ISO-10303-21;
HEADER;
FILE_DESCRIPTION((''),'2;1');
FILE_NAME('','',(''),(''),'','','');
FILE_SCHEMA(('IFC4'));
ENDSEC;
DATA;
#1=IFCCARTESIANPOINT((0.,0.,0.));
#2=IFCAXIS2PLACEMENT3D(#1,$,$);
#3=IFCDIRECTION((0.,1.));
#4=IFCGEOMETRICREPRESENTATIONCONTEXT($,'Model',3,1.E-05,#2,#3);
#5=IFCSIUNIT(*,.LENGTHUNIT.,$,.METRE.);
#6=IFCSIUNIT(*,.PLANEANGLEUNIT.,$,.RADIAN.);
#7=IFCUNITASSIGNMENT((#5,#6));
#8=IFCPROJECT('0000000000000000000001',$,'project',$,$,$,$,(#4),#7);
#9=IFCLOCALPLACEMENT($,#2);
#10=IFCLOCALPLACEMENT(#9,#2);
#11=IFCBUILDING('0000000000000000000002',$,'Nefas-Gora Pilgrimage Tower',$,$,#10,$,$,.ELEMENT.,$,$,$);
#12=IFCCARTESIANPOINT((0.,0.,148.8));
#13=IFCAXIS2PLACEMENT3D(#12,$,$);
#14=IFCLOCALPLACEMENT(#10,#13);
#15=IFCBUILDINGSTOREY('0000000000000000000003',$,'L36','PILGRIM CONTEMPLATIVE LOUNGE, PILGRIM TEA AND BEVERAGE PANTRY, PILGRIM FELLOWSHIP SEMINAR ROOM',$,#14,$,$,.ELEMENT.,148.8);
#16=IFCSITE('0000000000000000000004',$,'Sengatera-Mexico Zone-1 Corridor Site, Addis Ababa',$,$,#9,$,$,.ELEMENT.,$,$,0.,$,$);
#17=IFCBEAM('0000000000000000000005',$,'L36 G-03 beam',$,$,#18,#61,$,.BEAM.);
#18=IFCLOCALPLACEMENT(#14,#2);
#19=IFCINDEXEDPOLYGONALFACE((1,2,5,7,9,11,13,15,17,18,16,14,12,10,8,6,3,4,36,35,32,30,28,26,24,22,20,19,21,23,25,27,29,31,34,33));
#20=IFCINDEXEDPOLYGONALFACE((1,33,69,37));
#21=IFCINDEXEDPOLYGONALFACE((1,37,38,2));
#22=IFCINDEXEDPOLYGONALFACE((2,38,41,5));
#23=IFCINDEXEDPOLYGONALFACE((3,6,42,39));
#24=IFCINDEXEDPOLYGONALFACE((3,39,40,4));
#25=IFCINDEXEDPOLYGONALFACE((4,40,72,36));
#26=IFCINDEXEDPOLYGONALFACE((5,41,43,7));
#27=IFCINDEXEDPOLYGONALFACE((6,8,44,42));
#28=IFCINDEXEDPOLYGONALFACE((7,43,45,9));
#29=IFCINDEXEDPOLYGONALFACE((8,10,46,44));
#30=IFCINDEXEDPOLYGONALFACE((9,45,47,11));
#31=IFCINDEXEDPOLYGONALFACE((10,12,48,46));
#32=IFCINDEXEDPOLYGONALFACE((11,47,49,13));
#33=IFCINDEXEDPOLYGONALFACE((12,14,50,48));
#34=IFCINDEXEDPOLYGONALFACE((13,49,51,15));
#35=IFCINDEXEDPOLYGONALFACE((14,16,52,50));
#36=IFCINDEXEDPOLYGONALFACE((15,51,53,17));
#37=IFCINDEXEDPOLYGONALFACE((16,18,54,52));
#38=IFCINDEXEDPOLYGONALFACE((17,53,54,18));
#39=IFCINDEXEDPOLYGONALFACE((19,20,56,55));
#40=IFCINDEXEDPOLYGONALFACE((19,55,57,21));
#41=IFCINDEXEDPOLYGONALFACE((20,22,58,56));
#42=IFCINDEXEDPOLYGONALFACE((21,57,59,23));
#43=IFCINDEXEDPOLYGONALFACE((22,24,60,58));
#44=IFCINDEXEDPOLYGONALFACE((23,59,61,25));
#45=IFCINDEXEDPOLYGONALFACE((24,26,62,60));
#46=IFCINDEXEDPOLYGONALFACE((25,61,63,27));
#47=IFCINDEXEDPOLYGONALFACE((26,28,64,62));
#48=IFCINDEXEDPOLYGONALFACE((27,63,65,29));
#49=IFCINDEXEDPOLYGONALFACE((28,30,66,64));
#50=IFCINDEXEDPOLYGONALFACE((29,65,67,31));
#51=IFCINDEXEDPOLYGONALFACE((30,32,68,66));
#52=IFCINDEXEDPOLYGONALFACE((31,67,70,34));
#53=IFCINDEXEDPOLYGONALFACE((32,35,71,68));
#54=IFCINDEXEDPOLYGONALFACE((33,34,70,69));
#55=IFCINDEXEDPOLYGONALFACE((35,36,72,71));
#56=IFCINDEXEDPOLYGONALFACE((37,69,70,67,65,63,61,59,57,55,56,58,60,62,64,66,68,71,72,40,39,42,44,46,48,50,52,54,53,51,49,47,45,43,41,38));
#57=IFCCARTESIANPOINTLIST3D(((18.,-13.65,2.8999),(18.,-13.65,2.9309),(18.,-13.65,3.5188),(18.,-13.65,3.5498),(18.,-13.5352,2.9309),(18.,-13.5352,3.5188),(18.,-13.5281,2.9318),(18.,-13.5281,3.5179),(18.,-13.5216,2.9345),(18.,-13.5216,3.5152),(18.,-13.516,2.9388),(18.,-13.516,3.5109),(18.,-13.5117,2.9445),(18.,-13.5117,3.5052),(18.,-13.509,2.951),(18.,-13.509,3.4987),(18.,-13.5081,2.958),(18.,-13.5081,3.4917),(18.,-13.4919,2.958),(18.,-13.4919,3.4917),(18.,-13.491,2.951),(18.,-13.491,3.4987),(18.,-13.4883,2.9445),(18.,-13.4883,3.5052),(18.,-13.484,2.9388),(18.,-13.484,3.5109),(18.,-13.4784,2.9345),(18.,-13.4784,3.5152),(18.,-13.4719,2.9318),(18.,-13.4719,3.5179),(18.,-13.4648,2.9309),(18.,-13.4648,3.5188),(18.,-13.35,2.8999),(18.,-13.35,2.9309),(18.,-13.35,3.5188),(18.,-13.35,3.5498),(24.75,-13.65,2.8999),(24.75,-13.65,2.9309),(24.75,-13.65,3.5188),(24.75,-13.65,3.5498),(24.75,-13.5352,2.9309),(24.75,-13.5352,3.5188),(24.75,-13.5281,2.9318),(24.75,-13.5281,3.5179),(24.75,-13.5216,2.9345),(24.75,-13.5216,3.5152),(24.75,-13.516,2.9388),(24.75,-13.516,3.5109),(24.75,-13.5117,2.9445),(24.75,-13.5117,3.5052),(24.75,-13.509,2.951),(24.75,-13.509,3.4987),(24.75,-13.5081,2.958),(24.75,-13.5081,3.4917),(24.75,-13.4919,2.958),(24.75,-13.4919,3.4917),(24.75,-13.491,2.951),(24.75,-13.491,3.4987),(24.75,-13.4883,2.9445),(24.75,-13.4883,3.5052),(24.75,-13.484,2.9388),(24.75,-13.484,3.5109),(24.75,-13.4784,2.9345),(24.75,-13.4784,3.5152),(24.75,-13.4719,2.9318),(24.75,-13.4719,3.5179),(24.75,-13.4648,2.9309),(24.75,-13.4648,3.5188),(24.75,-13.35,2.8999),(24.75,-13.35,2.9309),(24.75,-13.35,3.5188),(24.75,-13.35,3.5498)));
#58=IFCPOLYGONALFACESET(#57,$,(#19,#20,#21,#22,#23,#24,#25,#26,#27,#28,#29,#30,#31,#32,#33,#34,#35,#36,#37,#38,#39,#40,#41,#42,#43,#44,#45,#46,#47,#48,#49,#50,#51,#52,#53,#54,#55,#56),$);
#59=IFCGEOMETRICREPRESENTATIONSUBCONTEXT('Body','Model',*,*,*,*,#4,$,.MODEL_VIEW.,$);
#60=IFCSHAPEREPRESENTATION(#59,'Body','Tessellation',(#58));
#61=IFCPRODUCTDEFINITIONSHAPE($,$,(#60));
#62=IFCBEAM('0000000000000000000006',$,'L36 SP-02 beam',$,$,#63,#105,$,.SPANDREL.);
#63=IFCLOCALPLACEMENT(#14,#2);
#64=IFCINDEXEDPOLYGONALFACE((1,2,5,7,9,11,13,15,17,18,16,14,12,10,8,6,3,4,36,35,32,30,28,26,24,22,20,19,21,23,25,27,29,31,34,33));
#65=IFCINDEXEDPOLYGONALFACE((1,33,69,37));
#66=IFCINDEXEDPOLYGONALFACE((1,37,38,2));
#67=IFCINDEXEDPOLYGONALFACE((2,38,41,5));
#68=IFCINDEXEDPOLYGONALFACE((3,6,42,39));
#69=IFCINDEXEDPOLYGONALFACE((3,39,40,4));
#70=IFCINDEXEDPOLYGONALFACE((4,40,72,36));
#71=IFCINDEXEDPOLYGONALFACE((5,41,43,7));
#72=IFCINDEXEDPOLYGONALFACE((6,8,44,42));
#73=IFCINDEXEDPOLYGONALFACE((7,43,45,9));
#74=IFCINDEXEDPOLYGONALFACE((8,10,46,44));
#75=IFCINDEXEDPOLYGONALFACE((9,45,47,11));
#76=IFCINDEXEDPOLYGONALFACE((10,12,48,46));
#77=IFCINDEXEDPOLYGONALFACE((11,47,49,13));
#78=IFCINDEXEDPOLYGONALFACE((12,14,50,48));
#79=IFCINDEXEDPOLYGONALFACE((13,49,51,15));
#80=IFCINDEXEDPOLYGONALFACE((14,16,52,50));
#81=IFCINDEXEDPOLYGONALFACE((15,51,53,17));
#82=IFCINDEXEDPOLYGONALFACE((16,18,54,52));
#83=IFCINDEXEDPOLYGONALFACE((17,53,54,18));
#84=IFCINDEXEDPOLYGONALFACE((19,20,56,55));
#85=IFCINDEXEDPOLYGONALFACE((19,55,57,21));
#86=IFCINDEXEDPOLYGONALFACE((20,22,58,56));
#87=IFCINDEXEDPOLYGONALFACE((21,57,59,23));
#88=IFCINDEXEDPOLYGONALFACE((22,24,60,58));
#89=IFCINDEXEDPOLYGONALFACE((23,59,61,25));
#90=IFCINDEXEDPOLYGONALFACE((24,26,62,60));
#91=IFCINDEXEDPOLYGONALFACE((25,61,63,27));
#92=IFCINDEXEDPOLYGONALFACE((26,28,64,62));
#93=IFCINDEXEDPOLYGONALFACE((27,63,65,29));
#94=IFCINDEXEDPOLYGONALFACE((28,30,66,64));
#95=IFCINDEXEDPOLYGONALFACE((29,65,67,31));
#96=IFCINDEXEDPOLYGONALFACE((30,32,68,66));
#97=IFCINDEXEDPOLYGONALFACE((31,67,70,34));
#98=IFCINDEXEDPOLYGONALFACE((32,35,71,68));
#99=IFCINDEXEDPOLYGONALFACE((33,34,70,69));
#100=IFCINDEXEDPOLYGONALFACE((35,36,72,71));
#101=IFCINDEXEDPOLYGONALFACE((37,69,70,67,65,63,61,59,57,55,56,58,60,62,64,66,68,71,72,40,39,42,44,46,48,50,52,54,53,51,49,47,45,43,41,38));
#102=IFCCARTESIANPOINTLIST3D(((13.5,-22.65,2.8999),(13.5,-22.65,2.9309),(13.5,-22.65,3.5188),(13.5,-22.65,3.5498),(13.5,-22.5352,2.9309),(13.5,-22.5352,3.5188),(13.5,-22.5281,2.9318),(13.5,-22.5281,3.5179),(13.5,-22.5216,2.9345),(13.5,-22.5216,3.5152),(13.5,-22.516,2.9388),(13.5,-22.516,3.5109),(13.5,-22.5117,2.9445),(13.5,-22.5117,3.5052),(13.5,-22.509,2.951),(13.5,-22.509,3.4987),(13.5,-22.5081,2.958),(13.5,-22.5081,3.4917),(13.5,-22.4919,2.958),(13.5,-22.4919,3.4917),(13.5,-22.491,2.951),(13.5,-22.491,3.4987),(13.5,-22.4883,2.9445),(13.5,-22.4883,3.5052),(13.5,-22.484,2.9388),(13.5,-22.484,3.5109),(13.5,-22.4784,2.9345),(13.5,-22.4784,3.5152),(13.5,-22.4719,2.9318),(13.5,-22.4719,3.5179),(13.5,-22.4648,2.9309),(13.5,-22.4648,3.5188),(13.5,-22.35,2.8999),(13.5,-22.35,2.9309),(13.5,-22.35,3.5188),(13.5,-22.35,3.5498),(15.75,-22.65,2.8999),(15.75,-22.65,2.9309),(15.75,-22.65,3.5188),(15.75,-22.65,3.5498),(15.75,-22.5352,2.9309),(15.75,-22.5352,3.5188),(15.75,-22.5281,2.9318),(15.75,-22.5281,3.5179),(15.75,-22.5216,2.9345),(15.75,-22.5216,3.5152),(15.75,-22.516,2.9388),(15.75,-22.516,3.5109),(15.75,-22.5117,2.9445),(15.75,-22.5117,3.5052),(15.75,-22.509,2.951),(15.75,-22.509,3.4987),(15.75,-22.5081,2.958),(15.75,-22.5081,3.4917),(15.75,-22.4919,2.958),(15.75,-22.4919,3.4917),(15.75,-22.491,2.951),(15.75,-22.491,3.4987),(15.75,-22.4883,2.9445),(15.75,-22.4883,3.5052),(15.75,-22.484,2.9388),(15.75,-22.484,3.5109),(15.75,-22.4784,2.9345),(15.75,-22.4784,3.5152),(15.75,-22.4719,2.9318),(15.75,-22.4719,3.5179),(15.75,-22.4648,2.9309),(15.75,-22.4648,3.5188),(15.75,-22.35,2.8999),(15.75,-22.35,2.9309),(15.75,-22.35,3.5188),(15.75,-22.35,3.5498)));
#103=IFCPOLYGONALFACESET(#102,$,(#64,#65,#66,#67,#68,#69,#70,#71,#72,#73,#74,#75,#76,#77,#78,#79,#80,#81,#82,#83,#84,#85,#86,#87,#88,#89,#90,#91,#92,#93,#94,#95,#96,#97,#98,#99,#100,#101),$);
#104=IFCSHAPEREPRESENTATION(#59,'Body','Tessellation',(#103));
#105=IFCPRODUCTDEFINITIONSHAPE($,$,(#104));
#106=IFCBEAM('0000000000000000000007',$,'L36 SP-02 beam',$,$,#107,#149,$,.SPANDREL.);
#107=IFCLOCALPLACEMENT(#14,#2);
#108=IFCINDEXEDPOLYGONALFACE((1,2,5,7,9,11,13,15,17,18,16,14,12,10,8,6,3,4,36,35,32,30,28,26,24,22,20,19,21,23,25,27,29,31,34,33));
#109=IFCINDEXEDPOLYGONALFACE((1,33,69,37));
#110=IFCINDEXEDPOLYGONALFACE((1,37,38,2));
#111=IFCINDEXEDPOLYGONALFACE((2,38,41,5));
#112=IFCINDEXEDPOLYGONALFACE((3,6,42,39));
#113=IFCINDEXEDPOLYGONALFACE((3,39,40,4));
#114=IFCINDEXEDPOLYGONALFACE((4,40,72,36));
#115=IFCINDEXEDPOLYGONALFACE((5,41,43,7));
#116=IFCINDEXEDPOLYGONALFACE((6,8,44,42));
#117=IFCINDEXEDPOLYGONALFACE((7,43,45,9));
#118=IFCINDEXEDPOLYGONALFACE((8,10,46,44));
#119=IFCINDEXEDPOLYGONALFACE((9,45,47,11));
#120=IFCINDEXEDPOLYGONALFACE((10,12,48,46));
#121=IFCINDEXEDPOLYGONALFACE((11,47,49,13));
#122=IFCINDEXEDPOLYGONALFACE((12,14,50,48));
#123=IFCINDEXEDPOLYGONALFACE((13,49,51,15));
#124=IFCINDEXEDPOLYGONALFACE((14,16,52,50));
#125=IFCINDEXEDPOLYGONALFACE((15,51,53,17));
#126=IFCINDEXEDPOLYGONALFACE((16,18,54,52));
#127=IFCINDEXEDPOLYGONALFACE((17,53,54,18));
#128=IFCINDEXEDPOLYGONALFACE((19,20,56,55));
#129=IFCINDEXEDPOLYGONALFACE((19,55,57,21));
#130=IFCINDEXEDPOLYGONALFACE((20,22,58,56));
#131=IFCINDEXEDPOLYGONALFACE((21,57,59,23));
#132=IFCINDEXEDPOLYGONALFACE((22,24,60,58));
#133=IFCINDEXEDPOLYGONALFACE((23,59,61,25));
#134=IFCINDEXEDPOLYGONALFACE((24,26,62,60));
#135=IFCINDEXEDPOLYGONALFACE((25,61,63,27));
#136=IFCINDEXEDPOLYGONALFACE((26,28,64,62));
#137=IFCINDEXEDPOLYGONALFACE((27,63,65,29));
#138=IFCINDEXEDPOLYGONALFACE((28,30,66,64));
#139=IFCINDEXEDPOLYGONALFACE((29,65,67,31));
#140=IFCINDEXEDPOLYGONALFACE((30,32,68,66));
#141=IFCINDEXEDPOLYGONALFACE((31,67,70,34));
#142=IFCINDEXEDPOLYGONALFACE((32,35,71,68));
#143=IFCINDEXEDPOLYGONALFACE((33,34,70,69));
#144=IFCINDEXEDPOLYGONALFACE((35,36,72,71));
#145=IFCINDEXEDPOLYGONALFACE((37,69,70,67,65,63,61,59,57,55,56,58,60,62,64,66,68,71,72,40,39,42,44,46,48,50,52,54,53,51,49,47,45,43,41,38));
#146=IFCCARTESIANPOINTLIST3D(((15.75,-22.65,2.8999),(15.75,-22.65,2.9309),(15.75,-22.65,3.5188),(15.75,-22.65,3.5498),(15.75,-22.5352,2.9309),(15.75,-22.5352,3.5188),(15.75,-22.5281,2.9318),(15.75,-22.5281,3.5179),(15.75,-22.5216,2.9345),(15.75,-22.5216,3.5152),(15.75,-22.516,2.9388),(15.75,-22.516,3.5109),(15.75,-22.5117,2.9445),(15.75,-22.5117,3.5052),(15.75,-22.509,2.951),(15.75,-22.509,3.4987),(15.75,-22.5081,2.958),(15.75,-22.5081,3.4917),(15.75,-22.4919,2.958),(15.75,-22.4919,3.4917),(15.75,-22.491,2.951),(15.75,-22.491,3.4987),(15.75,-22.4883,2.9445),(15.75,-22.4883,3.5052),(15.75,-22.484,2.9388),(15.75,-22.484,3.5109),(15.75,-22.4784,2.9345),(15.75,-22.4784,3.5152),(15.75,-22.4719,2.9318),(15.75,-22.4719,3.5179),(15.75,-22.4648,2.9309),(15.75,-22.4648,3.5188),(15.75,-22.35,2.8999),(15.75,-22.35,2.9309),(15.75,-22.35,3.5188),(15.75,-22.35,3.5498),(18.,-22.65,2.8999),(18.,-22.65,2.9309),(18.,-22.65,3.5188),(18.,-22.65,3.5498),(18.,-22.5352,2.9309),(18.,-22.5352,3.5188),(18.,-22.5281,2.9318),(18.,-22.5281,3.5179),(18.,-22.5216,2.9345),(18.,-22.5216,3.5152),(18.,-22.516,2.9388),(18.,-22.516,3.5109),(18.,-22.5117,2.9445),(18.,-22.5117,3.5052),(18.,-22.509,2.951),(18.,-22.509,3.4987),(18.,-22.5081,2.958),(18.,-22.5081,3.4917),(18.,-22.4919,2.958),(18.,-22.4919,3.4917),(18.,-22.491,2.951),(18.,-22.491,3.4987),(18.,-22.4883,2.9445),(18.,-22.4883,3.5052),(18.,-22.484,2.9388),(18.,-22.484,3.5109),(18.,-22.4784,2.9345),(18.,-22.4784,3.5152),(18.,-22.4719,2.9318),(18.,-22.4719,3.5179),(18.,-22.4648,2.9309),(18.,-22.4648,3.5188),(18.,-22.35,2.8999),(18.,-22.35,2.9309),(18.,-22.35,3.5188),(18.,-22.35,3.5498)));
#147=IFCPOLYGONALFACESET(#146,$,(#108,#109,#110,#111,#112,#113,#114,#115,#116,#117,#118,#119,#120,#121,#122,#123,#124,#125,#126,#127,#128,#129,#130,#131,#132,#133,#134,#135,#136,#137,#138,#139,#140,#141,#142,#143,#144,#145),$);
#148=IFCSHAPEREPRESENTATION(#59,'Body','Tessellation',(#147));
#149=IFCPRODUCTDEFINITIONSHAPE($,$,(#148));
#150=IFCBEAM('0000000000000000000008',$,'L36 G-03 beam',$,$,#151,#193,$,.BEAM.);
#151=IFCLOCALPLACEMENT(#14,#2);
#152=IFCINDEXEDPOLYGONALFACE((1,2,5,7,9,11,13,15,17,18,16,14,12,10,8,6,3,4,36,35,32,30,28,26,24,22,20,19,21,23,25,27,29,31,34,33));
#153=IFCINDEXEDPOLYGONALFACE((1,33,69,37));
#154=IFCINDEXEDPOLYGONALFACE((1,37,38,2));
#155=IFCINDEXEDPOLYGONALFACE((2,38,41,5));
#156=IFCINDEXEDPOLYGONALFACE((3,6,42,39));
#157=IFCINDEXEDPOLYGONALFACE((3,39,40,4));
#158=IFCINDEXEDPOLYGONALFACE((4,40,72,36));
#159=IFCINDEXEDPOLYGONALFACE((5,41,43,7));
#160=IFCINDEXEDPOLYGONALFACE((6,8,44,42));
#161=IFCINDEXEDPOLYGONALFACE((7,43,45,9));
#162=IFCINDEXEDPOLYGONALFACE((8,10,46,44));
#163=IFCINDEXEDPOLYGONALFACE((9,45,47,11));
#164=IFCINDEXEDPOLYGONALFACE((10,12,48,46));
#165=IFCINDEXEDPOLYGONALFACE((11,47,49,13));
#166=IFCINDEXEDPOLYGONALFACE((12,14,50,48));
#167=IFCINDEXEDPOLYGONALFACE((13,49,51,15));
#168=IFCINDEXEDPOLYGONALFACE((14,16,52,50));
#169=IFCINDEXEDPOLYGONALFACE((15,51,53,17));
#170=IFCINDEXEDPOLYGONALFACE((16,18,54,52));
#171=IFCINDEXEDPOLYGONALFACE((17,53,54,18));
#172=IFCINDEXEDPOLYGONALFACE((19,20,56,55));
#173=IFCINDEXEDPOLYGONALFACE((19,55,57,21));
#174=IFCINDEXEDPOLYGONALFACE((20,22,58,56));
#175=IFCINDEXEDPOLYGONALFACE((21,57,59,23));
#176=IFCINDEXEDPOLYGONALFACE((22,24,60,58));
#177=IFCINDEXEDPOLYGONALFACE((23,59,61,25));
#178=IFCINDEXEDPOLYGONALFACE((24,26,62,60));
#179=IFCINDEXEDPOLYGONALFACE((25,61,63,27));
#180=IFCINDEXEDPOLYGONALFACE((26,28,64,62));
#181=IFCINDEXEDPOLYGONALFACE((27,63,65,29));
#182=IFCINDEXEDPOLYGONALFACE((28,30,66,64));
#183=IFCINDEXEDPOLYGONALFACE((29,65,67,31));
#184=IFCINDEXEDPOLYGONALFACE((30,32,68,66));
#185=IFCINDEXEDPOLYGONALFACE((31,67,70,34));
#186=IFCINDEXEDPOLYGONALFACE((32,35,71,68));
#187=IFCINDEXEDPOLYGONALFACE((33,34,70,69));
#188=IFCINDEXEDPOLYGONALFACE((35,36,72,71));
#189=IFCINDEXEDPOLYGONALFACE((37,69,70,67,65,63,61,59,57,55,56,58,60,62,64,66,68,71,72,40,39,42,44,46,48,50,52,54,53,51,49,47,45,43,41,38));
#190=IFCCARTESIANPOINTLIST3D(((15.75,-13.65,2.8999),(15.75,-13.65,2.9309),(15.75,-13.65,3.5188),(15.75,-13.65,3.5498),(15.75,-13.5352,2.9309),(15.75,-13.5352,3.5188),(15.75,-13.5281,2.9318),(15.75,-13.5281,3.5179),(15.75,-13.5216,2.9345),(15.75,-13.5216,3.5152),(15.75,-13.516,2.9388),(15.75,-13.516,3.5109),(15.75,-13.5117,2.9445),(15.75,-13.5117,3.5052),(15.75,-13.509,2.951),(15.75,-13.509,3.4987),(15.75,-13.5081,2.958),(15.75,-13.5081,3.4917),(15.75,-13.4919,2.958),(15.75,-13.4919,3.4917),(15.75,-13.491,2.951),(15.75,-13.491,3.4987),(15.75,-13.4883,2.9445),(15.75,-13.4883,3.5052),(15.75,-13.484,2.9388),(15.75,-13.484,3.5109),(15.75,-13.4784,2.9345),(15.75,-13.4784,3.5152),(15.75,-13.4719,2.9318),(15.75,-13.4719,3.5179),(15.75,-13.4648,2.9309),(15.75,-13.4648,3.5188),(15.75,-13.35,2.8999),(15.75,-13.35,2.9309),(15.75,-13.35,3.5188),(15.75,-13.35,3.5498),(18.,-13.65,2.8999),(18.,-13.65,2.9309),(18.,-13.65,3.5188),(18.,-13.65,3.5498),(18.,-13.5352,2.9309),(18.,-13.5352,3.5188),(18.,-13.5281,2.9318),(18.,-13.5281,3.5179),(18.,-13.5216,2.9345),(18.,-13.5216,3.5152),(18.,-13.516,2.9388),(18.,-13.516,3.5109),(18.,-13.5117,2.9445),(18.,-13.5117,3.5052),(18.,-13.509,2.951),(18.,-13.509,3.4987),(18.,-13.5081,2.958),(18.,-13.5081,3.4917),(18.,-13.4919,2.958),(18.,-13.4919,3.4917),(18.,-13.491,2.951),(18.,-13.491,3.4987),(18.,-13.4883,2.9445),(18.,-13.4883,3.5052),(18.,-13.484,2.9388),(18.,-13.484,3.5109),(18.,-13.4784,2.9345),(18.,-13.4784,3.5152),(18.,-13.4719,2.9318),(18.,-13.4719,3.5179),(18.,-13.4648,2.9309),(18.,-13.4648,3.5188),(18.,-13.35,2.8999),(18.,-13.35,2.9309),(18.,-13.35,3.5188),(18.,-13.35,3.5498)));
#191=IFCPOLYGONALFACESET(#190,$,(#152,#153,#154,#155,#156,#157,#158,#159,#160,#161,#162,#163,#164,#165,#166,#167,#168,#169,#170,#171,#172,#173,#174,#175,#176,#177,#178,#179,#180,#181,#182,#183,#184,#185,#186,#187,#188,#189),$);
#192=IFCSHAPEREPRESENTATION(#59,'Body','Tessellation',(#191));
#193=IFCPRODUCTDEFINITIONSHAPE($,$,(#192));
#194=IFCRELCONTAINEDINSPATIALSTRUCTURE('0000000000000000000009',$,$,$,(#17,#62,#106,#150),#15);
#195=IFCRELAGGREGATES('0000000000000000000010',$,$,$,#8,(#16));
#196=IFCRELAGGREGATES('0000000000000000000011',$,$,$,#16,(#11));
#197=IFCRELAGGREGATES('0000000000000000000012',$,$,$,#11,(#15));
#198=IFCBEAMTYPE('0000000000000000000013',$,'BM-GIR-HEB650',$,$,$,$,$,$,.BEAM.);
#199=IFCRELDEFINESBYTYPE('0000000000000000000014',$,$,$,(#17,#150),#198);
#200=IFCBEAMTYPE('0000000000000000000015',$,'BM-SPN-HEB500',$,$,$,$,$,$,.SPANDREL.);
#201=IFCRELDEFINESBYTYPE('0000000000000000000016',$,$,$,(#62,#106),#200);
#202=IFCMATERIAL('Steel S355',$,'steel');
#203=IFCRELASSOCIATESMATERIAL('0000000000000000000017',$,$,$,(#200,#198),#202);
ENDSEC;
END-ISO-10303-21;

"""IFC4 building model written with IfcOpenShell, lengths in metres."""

from ifc_helpers import new_model, si_unit, direction, frame, origin, origin_2d, place, context, subcontext, project, spatial, i_section, extrude, source, transform, mapped, material, material_profile, profile_set, type_object, element, save


model = new_model("IFC4")

# Units and contexts
model_context = context("Model", 3, precision=1e-05, world=origin(), true_north=direction((0.0, 1.0)))
body_context = subcontext(model_context, "Body", "Model", "MODEL_VIEW")
ifc_project = project(units=[si_unit("LENGTHUNIT", "METRE"), si_unit("PLANEANGLEUNIT", "RADIAN")], contexts=[model_context])

# Site, building, storey
site_placement = place(None, origin())
site = spatial("IfcSite", under=ifc_project, at=site_placement, Name="Sengatera-Mexico Zone-1 Corridor Site, Addis Ababa", CompositionType="ELEMENT", RefElevation=0.0)
building_placement = place(site_placement, origin())
building = spatial("IfcBuilding", under=site, at=building_placement, Name="Nefas-Gora Pilgrimage Tower", CompositionType="ELEMENT")
storey_placement = place(building_placement, frame((0.0, 0.0, 148.8)))
storey = spatial("IfcBuildingStorey", under=building, at=storey_placement, Name="L36", Description="PILGRIM CONTEMPLATIVE LOUNGE, PILGRIM TEA AND BEVERAGE PANTRY, PILGRIM FELLOWSHIP SEMINAR ROOM", CompositionType="ELEMENT", Elevation=148.8)

# Beams
ifc_material_1 = material(Name="Steel S355", Category="steel")
ifc_material_profile_1 = material_profile(ifc_material_1, i_section(OverallWidth=0.3, OverallDepth=0.6499, WebThickness=0.0161, FlangeThickness=0.031, FilletRadius=0.0271, at=origin_2d()), Name="HEB 650")
ifc_profile_set_1 = profile_set([ifc_material_profile_1], Name="Steel S355")
beam_type_1 = type_object("IfcBeamType", Name="BM-SPN-HEB500", PredefinedType="SPANDREL", material=ifc_profile_set_1)
ifc_material_profile_2 = material_profile(ifc_material_1, i_section(OverallWidth=0.3, OverallDepth=0.6499, WebThickness=0.0161, FlangeThickness=0.031, FilletRadius=0.0271, at=origin_2d()), Name="HEB 650")
ifc_profile_set_2 = profile_set([ifc_material_profile_2], Name="Steel S355")
beam_type_2 = type_object("IfcBeamType", Name="BM-GIR-HEB650", PredefinedType="BEAM", material=ifc_profile_set_2)
shared_shape_1 = source(origin(), body_context, "Body", "SweptSolid", [
    extrude(i_section(OverallWidth=0.3, OverallDepth=0.6499, WebThickness=0.0161, FlangeThickness=0.031, FilletRadius=0.0271, at=origin_2d()), origin(), (0.0, 0.0, 1.0), 6.75),
])
beam_1_placement = place(storey_placement, frame((18.0, -13.5, 3.2249), z_axis=(1.0, 0.0, 0.0), x_axis=(0.0, 1.0, 0.0)))
element("IfcBeam", 1, at=beam_1_placement, inside=storey, type_object=beam_type_2, Name="L36 G-03 beam", PredefinedType="BEAM", context=body_context, shape_type="MappedRepresentation", body=[
    mapped(shared_shape_1, transform((0.0, 0.0, 0.0), x_axis=(1.0, 0.0, 0.0), y_axis=(0.0, 1.0, 0.0), z_axis=(0.0, 0.0, 1.0), scale=1.0)),
])
shared_shape_2 = source(origin(), body_context, "Body", "SweptSolid", [
    extrude(i_section(OverallWidth=0.3, OverallDepth=0.6499, WebThickness=0.0161, FlangeThickness=0.031, FilletRadius=0.0271, at=origin_2d()), origin(), (0.0, 0.0, 1.0), 2.25),
])
for number, where, z_axis, x_axis, name in (
    (2, (13.5, -22.5, 3.2249), (1.0, 0.0, 0.0), (0.0, 1.0, 0.0), "L36 SP-02 beam"),
    (3, (15.75, -22.5, 3.2249), (1.0, 0.0, 0.0), (0.0, 1.0, 0.0), "L36 SP-02 beam"),
):
    element("IfcBeam", number, at=place(storey_placement, frame(where, z_axis=z_axis, x_axis=x_axis)), inside=storey, type_object=beam_type_1, Name=name, PredefinedType="SPANDREL", context=body_context, shape_type="MappedRepresentation", body=[
        mapped(shared_shape_2, transform((0.0, 0.0, 0.0), x_axis=(1.0, 0.0, 0.0), y_axis=(0.0, 1.0, 0.0), z_axis=(0.0, 0.0, 1.0), scale=1.0)),
    ])
shared_shape_3 = source(origin(), body_context, "Body", "SweptSolid", [
    extrude(i_section(OverallWidth=0.3, OverallDepth=0.6499, WebThickness=0.0161, FlangeThickness=0.031, FilletRadius=0.0271, at=origin_2d()), origin(), (0.0, 0.0, 1.0), 2.25),
])
beam_2_placement = place(storey_placement, frame((15.75, -13.5, 3.2249), z_axis=(1.0, 0.0, 0.0), x_axis=(0.0, 1.0, 0.0)))
element("IfcBeam", 4, at=beam_2_placement, inside=storey, type_object=beam_type_2, Name="L36 G-03 beam", PredefinedType="BEAM", context=body_context, shape_type="MappedRepresentation", body=[
    mapped(shared_shape_3, transform((0.0, 0.0, 0.0), x_axis=(1.0, 0.0, 0.0), y_axis=(0.0, 1.0, 0.0), z_axis=(0.0, 0.0, 1.0), scale=1.0)),
])

save(model, "model.ifc")
